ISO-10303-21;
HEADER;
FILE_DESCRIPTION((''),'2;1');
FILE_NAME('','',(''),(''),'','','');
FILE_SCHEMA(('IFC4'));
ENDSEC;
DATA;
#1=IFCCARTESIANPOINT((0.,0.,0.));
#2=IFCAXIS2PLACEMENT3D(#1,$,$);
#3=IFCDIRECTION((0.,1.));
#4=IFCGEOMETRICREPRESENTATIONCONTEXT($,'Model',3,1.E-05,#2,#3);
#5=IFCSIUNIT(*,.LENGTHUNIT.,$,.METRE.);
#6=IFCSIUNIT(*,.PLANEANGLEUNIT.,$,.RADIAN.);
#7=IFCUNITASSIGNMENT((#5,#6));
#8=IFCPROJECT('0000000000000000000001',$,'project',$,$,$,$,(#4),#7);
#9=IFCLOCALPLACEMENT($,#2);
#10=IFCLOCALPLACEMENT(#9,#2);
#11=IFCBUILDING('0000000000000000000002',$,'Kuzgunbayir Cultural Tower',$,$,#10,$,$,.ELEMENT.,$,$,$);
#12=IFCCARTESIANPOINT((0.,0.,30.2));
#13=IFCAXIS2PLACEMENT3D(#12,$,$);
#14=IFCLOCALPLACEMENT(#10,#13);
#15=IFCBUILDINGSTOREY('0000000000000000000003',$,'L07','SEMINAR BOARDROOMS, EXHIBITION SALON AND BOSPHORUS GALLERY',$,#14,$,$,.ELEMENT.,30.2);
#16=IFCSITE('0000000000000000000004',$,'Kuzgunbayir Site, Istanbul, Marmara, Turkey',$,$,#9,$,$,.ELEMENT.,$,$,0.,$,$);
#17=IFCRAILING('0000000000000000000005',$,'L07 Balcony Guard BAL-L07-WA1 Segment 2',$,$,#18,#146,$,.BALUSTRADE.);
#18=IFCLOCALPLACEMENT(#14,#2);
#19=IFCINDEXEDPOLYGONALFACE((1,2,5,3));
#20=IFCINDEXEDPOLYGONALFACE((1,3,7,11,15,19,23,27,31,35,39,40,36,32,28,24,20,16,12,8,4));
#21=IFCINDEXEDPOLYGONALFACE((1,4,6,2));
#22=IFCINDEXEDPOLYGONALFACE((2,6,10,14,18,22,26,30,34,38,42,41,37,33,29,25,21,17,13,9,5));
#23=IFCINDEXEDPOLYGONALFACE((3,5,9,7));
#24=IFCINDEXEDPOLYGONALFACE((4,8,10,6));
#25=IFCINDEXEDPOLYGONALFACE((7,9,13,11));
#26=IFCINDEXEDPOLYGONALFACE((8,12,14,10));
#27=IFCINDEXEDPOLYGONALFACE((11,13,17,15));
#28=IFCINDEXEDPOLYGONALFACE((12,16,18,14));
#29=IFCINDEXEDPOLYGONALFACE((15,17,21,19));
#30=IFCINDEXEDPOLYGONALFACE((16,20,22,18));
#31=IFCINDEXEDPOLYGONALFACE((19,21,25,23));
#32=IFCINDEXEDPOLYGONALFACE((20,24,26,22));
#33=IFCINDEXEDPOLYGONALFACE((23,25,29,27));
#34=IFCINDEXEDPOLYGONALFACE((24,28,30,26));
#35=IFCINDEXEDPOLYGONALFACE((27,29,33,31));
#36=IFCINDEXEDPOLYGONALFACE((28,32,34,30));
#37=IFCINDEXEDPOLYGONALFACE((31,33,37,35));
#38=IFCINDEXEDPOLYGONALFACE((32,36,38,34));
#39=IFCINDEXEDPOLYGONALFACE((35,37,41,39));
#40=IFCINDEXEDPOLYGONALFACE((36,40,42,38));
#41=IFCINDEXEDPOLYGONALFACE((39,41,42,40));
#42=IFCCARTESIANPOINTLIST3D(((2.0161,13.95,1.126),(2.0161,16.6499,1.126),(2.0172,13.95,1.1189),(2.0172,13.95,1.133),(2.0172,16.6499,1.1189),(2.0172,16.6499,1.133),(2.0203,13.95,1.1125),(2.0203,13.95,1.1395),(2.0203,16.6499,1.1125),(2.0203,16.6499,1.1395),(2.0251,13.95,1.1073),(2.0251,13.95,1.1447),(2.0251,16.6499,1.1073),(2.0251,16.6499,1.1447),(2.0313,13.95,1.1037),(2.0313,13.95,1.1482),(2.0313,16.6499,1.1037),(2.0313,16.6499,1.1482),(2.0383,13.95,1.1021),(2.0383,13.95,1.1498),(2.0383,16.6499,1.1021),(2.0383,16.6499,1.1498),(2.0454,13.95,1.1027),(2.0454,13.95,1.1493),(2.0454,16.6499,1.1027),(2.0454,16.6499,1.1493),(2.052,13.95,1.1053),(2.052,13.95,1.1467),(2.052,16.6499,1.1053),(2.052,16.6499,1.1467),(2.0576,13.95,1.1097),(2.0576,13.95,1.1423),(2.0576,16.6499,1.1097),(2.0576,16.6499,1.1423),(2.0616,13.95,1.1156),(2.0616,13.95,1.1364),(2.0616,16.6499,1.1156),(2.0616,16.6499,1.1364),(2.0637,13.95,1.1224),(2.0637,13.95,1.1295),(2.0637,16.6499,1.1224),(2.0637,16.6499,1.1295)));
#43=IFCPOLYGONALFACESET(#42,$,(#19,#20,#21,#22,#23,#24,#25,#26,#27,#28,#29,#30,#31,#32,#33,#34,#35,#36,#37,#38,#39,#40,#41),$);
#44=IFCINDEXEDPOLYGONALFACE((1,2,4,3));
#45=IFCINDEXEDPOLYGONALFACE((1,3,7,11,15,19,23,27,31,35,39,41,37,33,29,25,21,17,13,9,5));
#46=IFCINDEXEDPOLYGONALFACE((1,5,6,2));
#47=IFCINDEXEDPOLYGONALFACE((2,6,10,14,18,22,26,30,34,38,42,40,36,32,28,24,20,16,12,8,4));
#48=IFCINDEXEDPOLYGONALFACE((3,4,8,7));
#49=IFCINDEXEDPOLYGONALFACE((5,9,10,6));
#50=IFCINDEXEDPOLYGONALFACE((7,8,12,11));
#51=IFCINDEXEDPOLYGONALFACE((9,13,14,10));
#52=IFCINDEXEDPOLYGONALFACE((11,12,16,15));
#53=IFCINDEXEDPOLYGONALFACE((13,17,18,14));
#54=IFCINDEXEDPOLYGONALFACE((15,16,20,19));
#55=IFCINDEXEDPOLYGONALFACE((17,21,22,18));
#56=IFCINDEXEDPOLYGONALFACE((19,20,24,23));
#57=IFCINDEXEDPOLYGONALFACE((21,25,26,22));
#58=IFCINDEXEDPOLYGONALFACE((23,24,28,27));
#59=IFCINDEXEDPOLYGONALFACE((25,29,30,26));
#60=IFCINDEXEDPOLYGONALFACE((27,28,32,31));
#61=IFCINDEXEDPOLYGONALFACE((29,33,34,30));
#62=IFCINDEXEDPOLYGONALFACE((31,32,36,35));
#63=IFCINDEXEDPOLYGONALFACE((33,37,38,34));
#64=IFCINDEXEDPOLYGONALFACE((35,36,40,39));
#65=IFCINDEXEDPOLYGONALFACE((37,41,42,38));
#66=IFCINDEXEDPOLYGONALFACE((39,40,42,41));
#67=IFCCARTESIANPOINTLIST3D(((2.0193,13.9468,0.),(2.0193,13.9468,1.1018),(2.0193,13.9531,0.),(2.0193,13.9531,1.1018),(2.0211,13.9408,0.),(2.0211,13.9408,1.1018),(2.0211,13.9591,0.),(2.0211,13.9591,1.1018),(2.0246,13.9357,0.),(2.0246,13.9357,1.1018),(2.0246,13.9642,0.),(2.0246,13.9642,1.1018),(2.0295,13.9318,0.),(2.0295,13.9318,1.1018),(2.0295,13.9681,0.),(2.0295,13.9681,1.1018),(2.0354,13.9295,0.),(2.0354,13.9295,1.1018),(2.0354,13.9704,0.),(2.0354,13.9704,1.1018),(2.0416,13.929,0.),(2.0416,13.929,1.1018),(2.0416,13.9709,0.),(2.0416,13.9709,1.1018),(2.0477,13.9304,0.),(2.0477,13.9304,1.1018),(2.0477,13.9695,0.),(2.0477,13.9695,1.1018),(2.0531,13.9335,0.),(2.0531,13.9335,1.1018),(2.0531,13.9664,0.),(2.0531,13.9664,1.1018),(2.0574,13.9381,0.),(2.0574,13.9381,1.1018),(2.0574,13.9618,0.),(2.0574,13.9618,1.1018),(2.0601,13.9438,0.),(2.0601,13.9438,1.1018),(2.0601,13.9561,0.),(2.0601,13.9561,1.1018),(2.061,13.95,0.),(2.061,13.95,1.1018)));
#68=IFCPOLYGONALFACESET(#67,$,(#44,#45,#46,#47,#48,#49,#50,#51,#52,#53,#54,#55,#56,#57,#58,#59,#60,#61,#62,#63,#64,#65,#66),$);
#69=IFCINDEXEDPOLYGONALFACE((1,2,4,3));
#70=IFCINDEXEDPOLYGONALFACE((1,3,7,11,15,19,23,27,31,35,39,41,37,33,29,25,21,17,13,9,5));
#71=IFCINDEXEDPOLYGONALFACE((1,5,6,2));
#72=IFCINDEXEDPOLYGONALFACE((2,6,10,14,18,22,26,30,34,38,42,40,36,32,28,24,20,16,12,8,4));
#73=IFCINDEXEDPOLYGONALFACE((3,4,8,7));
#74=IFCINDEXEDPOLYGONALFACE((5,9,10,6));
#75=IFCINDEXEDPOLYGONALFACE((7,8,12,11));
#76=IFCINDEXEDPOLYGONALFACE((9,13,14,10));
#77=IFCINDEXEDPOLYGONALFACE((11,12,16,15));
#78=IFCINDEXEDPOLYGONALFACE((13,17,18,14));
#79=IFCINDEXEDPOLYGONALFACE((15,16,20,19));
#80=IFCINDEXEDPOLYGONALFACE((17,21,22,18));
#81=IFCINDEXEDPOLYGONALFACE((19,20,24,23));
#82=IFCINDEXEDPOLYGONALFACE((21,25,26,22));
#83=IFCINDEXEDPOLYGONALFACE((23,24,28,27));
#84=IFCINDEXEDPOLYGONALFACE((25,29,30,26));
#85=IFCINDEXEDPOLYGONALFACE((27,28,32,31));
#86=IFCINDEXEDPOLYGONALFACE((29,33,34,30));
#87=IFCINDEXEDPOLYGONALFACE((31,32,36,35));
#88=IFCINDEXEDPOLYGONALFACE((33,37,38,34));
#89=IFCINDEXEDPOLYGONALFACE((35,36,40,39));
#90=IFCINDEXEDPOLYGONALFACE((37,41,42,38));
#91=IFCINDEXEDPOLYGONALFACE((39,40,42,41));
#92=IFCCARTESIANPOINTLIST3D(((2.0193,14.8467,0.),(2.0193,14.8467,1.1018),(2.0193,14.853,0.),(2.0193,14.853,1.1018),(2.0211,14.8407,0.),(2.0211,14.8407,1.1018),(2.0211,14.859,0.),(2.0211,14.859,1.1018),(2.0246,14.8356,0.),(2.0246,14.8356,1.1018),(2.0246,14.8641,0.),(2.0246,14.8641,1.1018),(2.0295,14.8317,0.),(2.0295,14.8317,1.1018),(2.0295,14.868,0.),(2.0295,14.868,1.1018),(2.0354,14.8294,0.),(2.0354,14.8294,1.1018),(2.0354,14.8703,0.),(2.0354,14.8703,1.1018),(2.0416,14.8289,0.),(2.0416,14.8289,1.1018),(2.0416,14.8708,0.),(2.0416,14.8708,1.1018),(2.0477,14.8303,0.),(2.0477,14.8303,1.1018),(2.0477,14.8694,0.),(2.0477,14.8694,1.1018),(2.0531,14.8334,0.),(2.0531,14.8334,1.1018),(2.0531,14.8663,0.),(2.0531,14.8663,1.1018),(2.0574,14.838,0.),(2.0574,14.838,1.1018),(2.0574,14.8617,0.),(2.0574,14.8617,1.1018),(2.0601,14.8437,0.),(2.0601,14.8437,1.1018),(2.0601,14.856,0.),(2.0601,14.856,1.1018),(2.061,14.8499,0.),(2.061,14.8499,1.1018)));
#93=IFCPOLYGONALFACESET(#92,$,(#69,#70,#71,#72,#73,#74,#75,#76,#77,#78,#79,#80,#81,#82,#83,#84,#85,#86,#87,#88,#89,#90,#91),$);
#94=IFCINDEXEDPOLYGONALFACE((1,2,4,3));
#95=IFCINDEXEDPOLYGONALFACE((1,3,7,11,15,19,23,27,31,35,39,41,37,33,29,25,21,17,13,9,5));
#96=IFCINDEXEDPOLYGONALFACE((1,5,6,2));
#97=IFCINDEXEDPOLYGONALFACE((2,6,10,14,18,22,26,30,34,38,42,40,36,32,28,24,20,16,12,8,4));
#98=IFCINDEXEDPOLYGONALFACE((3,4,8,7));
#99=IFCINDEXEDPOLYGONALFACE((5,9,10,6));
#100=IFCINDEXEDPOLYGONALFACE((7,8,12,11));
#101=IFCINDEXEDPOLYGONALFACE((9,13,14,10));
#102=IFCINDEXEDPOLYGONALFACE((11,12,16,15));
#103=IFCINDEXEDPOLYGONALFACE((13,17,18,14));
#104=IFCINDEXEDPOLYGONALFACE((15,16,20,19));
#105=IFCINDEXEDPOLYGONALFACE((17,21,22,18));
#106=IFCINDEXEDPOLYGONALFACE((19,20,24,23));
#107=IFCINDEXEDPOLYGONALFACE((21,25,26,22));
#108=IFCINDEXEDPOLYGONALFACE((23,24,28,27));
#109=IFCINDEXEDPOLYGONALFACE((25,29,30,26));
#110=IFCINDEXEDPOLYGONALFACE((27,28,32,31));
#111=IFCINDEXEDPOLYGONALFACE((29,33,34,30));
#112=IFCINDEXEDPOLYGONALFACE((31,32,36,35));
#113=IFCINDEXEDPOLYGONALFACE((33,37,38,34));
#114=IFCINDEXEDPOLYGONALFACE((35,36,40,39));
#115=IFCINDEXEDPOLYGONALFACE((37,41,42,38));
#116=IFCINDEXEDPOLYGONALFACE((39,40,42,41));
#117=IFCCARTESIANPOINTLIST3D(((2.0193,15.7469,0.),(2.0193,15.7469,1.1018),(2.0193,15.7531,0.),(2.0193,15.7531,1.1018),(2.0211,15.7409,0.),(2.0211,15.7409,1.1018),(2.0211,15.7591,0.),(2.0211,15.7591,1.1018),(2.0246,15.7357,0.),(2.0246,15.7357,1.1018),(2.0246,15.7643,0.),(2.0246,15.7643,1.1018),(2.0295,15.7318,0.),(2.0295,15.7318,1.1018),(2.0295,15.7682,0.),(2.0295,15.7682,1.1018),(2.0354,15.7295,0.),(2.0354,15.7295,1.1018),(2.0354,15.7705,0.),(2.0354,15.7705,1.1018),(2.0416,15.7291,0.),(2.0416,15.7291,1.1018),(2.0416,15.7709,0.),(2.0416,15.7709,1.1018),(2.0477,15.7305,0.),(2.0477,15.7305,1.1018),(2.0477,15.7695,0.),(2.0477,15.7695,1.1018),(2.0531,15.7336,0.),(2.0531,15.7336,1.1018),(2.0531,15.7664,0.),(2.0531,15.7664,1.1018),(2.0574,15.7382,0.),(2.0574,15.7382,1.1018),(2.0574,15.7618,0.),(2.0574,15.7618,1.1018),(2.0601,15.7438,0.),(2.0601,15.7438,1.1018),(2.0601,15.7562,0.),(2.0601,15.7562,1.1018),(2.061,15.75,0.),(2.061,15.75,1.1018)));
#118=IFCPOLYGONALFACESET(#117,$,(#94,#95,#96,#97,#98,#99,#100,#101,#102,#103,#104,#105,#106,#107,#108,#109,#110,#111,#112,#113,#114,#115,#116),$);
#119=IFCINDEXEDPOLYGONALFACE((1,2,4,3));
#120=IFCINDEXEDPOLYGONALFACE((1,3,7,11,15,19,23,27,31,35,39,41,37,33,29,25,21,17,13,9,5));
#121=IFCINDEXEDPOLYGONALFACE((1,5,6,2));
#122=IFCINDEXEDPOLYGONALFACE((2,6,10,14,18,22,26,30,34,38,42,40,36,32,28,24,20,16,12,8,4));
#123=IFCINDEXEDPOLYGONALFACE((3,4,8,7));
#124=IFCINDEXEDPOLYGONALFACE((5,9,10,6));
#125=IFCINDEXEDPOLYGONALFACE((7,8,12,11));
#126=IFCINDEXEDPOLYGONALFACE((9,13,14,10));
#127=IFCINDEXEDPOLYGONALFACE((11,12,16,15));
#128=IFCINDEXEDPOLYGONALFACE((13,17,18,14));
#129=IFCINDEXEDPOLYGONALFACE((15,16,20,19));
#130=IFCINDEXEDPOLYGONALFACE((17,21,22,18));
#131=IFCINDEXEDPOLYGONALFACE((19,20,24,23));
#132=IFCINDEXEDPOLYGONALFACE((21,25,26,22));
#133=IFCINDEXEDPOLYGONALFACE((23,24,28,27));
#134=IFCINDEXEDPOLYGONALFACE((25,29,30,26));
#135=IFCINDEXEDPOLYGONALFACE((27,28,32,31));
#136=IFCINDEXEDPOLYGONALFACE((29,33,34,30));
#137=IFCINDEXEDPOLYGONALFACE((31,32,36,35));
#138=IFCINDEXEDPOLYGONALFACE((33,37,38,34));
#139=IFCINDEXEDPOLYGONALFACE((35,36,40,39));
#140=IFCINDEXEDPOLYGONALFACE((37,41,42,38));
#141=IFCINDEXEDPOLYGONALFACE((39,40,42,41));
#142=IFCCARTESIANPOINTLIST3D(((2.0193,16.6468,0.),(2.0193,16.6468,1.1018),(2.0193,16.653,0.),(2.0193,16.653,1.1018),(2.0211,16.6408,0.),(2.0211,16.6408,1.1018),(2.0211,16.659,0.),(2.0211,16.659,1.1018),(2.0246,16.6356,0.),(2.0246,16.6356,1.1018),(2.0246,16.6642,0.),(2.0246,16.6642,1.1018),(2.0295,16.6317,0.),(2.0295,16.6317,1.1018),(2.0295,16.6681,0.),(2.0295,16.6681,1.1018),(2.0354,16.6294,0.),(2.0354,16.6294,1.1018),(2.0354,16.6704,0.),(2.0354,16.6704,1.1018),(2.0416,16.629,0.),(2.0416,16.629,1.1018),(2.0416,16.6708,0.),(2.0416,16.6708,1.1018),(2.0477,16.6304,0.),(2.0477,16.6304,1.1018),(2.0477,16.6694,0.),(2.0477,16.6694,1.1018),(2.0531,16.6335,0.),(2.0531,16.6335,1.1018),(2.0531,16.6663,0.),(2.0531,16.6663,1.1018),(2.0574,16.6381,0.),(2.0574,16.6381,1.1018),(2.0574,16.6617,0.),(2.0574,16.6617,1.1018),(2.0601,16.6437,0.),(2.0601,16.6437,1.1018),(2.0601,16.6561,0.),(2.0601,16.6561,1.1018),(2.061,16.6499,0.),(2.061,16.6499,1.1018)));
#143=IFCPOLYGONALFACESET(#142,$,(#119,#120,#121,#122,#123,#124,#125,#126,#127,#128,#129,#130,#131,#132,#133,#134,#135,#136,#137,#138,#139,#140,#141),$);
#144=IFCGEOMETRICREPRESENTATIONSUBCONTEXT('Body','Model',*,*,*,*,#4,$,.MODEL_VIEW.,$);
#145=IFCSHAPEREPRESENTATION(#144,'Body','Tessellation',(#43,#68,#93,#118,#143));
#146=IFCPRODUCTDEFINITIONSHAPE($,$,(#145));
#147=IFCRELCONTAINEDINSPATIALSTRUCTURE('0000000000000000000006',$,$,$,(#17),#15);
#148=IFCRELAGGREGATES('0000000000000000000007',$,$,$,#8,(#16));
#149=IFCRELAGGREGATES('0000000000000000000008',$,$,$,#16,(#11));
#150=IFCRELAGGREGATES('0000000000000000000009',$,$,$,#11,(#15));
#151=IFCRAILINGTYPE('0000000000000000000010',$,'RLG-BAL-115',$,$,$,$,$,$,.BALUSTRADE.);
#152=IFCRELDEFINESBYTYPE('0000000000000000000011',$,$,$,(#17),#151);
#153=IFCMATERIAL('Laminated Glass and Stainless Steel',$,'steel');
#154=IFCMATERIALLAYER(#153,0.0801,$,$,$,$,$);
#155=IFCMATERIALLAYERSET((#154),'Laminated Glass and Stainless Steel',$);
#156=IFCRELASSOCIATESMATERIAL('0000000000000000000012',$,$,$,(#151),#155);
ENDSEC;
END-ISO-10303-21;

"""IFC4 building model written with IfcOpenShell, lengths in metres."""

from ifc_helpers import new_model, si_unit, direction, frame, origin, origin_2d, place, context, subcontext, project, spatial, circle, extrude, material, layer, layer_set, type_object, element, save


model = new_model("IFC4")

# Units and contexts
model_context = context("Model", 3, precision=1e-05, world=origin(), true_north=direction((0.0, 1.0)))
body_context = subcontext(model_context, "Body", "Model", "MODEL_VIEW")
ifc_project = project(units=[si_unit("LENGTHUNIT", "METRE"), si_unit("PLANEANGLEUNIT", "RADIAN")], contexts=[model_context])

# Site, building, storey
site_placement = place(None, origin())
site = spatial("IfcSite", under=ifc_project, at=site_placement, Name="Kuzgunbayir Site, Istanbul, Marmara, Turkey", CompositionType="ELEMENT", RefElevation=0.0)
building_placement = place(site_placement, origin())
building = spatial("IfcBuilding", under=site, at=building_placement, Name="Kuzgunbayir Cultural Tower", CompositionType="ELEMENT")
storey_placement = place(building_placement, frame((0.0, 0.0, 30.2)))
storey = spatial("IfcBuildingStorey", under=building, at=storey_placement, Name="L07", Description="SEMINAR BOARDROOMS, EXHIBITION SALON AND BOSPHORUS GALLERY", CompositionType="ELEMENT", Elevation=30.2)

# Railing
ifc_material_1 = material(Name="Laminated Glass and Stainless Steel", Category="steel")
ifc_layer_1 = layer(ifc_material_1, 0.0801)
ifc_layer_set_1 = layer_set([ifc_layer_1], Name="Laminated Glass and Stainless Steel")
railing_type = type_object("IfcRailingType", Name="RLG-BAL-115", PredefinedType="BALUSTRADE", material=ifc_layer_set_1)
railing_1_placement = place(storey_placement, frame((2.04, 13.95, 0.0)))
element("IfcRailing", 1, at=railing_1_placement, inside=storey, type_object=railing_type, Name="L07 Balcony Guard BAL-L07-WA1 Segment 2", PredefinedType="BALUSTRADE", context=body_context, shape_type="SweptSolid", body=[
    extrude(circle(Radius=0.0239, at=origin_2d()), frame((0.0, 0.0, 1.126), z_axis=(0.0, 1.0, 0.0), x_axis=(-1.0, 0.0, 0.0)), (0.0, 0.0, 1.0), 2.7),
    extrude(circle(Radius=0.021, at=origin_2d()), origin(), (0.0, 0.0, 1.0), 1.1018),
    extrude(circle(Radius=0.021, at=origin_2d()), frame((0.0, 0.8999, 0.0)), (0.0, 0.0, 1.0), 1.1018),
    extrude(circle(Radius=0.021, at=origin_2d()), frame((0.0, 1.8, 0.0)), (0.0, 0.0, 1.0), 1.1018),
    extrude(circle(Radius=0.021, at=origin_2d()), frame((0.0, 2.7, 0.0)), (0.0, 0.0, 1.0), 1.1018),
])

save(model, "model.ifc")
